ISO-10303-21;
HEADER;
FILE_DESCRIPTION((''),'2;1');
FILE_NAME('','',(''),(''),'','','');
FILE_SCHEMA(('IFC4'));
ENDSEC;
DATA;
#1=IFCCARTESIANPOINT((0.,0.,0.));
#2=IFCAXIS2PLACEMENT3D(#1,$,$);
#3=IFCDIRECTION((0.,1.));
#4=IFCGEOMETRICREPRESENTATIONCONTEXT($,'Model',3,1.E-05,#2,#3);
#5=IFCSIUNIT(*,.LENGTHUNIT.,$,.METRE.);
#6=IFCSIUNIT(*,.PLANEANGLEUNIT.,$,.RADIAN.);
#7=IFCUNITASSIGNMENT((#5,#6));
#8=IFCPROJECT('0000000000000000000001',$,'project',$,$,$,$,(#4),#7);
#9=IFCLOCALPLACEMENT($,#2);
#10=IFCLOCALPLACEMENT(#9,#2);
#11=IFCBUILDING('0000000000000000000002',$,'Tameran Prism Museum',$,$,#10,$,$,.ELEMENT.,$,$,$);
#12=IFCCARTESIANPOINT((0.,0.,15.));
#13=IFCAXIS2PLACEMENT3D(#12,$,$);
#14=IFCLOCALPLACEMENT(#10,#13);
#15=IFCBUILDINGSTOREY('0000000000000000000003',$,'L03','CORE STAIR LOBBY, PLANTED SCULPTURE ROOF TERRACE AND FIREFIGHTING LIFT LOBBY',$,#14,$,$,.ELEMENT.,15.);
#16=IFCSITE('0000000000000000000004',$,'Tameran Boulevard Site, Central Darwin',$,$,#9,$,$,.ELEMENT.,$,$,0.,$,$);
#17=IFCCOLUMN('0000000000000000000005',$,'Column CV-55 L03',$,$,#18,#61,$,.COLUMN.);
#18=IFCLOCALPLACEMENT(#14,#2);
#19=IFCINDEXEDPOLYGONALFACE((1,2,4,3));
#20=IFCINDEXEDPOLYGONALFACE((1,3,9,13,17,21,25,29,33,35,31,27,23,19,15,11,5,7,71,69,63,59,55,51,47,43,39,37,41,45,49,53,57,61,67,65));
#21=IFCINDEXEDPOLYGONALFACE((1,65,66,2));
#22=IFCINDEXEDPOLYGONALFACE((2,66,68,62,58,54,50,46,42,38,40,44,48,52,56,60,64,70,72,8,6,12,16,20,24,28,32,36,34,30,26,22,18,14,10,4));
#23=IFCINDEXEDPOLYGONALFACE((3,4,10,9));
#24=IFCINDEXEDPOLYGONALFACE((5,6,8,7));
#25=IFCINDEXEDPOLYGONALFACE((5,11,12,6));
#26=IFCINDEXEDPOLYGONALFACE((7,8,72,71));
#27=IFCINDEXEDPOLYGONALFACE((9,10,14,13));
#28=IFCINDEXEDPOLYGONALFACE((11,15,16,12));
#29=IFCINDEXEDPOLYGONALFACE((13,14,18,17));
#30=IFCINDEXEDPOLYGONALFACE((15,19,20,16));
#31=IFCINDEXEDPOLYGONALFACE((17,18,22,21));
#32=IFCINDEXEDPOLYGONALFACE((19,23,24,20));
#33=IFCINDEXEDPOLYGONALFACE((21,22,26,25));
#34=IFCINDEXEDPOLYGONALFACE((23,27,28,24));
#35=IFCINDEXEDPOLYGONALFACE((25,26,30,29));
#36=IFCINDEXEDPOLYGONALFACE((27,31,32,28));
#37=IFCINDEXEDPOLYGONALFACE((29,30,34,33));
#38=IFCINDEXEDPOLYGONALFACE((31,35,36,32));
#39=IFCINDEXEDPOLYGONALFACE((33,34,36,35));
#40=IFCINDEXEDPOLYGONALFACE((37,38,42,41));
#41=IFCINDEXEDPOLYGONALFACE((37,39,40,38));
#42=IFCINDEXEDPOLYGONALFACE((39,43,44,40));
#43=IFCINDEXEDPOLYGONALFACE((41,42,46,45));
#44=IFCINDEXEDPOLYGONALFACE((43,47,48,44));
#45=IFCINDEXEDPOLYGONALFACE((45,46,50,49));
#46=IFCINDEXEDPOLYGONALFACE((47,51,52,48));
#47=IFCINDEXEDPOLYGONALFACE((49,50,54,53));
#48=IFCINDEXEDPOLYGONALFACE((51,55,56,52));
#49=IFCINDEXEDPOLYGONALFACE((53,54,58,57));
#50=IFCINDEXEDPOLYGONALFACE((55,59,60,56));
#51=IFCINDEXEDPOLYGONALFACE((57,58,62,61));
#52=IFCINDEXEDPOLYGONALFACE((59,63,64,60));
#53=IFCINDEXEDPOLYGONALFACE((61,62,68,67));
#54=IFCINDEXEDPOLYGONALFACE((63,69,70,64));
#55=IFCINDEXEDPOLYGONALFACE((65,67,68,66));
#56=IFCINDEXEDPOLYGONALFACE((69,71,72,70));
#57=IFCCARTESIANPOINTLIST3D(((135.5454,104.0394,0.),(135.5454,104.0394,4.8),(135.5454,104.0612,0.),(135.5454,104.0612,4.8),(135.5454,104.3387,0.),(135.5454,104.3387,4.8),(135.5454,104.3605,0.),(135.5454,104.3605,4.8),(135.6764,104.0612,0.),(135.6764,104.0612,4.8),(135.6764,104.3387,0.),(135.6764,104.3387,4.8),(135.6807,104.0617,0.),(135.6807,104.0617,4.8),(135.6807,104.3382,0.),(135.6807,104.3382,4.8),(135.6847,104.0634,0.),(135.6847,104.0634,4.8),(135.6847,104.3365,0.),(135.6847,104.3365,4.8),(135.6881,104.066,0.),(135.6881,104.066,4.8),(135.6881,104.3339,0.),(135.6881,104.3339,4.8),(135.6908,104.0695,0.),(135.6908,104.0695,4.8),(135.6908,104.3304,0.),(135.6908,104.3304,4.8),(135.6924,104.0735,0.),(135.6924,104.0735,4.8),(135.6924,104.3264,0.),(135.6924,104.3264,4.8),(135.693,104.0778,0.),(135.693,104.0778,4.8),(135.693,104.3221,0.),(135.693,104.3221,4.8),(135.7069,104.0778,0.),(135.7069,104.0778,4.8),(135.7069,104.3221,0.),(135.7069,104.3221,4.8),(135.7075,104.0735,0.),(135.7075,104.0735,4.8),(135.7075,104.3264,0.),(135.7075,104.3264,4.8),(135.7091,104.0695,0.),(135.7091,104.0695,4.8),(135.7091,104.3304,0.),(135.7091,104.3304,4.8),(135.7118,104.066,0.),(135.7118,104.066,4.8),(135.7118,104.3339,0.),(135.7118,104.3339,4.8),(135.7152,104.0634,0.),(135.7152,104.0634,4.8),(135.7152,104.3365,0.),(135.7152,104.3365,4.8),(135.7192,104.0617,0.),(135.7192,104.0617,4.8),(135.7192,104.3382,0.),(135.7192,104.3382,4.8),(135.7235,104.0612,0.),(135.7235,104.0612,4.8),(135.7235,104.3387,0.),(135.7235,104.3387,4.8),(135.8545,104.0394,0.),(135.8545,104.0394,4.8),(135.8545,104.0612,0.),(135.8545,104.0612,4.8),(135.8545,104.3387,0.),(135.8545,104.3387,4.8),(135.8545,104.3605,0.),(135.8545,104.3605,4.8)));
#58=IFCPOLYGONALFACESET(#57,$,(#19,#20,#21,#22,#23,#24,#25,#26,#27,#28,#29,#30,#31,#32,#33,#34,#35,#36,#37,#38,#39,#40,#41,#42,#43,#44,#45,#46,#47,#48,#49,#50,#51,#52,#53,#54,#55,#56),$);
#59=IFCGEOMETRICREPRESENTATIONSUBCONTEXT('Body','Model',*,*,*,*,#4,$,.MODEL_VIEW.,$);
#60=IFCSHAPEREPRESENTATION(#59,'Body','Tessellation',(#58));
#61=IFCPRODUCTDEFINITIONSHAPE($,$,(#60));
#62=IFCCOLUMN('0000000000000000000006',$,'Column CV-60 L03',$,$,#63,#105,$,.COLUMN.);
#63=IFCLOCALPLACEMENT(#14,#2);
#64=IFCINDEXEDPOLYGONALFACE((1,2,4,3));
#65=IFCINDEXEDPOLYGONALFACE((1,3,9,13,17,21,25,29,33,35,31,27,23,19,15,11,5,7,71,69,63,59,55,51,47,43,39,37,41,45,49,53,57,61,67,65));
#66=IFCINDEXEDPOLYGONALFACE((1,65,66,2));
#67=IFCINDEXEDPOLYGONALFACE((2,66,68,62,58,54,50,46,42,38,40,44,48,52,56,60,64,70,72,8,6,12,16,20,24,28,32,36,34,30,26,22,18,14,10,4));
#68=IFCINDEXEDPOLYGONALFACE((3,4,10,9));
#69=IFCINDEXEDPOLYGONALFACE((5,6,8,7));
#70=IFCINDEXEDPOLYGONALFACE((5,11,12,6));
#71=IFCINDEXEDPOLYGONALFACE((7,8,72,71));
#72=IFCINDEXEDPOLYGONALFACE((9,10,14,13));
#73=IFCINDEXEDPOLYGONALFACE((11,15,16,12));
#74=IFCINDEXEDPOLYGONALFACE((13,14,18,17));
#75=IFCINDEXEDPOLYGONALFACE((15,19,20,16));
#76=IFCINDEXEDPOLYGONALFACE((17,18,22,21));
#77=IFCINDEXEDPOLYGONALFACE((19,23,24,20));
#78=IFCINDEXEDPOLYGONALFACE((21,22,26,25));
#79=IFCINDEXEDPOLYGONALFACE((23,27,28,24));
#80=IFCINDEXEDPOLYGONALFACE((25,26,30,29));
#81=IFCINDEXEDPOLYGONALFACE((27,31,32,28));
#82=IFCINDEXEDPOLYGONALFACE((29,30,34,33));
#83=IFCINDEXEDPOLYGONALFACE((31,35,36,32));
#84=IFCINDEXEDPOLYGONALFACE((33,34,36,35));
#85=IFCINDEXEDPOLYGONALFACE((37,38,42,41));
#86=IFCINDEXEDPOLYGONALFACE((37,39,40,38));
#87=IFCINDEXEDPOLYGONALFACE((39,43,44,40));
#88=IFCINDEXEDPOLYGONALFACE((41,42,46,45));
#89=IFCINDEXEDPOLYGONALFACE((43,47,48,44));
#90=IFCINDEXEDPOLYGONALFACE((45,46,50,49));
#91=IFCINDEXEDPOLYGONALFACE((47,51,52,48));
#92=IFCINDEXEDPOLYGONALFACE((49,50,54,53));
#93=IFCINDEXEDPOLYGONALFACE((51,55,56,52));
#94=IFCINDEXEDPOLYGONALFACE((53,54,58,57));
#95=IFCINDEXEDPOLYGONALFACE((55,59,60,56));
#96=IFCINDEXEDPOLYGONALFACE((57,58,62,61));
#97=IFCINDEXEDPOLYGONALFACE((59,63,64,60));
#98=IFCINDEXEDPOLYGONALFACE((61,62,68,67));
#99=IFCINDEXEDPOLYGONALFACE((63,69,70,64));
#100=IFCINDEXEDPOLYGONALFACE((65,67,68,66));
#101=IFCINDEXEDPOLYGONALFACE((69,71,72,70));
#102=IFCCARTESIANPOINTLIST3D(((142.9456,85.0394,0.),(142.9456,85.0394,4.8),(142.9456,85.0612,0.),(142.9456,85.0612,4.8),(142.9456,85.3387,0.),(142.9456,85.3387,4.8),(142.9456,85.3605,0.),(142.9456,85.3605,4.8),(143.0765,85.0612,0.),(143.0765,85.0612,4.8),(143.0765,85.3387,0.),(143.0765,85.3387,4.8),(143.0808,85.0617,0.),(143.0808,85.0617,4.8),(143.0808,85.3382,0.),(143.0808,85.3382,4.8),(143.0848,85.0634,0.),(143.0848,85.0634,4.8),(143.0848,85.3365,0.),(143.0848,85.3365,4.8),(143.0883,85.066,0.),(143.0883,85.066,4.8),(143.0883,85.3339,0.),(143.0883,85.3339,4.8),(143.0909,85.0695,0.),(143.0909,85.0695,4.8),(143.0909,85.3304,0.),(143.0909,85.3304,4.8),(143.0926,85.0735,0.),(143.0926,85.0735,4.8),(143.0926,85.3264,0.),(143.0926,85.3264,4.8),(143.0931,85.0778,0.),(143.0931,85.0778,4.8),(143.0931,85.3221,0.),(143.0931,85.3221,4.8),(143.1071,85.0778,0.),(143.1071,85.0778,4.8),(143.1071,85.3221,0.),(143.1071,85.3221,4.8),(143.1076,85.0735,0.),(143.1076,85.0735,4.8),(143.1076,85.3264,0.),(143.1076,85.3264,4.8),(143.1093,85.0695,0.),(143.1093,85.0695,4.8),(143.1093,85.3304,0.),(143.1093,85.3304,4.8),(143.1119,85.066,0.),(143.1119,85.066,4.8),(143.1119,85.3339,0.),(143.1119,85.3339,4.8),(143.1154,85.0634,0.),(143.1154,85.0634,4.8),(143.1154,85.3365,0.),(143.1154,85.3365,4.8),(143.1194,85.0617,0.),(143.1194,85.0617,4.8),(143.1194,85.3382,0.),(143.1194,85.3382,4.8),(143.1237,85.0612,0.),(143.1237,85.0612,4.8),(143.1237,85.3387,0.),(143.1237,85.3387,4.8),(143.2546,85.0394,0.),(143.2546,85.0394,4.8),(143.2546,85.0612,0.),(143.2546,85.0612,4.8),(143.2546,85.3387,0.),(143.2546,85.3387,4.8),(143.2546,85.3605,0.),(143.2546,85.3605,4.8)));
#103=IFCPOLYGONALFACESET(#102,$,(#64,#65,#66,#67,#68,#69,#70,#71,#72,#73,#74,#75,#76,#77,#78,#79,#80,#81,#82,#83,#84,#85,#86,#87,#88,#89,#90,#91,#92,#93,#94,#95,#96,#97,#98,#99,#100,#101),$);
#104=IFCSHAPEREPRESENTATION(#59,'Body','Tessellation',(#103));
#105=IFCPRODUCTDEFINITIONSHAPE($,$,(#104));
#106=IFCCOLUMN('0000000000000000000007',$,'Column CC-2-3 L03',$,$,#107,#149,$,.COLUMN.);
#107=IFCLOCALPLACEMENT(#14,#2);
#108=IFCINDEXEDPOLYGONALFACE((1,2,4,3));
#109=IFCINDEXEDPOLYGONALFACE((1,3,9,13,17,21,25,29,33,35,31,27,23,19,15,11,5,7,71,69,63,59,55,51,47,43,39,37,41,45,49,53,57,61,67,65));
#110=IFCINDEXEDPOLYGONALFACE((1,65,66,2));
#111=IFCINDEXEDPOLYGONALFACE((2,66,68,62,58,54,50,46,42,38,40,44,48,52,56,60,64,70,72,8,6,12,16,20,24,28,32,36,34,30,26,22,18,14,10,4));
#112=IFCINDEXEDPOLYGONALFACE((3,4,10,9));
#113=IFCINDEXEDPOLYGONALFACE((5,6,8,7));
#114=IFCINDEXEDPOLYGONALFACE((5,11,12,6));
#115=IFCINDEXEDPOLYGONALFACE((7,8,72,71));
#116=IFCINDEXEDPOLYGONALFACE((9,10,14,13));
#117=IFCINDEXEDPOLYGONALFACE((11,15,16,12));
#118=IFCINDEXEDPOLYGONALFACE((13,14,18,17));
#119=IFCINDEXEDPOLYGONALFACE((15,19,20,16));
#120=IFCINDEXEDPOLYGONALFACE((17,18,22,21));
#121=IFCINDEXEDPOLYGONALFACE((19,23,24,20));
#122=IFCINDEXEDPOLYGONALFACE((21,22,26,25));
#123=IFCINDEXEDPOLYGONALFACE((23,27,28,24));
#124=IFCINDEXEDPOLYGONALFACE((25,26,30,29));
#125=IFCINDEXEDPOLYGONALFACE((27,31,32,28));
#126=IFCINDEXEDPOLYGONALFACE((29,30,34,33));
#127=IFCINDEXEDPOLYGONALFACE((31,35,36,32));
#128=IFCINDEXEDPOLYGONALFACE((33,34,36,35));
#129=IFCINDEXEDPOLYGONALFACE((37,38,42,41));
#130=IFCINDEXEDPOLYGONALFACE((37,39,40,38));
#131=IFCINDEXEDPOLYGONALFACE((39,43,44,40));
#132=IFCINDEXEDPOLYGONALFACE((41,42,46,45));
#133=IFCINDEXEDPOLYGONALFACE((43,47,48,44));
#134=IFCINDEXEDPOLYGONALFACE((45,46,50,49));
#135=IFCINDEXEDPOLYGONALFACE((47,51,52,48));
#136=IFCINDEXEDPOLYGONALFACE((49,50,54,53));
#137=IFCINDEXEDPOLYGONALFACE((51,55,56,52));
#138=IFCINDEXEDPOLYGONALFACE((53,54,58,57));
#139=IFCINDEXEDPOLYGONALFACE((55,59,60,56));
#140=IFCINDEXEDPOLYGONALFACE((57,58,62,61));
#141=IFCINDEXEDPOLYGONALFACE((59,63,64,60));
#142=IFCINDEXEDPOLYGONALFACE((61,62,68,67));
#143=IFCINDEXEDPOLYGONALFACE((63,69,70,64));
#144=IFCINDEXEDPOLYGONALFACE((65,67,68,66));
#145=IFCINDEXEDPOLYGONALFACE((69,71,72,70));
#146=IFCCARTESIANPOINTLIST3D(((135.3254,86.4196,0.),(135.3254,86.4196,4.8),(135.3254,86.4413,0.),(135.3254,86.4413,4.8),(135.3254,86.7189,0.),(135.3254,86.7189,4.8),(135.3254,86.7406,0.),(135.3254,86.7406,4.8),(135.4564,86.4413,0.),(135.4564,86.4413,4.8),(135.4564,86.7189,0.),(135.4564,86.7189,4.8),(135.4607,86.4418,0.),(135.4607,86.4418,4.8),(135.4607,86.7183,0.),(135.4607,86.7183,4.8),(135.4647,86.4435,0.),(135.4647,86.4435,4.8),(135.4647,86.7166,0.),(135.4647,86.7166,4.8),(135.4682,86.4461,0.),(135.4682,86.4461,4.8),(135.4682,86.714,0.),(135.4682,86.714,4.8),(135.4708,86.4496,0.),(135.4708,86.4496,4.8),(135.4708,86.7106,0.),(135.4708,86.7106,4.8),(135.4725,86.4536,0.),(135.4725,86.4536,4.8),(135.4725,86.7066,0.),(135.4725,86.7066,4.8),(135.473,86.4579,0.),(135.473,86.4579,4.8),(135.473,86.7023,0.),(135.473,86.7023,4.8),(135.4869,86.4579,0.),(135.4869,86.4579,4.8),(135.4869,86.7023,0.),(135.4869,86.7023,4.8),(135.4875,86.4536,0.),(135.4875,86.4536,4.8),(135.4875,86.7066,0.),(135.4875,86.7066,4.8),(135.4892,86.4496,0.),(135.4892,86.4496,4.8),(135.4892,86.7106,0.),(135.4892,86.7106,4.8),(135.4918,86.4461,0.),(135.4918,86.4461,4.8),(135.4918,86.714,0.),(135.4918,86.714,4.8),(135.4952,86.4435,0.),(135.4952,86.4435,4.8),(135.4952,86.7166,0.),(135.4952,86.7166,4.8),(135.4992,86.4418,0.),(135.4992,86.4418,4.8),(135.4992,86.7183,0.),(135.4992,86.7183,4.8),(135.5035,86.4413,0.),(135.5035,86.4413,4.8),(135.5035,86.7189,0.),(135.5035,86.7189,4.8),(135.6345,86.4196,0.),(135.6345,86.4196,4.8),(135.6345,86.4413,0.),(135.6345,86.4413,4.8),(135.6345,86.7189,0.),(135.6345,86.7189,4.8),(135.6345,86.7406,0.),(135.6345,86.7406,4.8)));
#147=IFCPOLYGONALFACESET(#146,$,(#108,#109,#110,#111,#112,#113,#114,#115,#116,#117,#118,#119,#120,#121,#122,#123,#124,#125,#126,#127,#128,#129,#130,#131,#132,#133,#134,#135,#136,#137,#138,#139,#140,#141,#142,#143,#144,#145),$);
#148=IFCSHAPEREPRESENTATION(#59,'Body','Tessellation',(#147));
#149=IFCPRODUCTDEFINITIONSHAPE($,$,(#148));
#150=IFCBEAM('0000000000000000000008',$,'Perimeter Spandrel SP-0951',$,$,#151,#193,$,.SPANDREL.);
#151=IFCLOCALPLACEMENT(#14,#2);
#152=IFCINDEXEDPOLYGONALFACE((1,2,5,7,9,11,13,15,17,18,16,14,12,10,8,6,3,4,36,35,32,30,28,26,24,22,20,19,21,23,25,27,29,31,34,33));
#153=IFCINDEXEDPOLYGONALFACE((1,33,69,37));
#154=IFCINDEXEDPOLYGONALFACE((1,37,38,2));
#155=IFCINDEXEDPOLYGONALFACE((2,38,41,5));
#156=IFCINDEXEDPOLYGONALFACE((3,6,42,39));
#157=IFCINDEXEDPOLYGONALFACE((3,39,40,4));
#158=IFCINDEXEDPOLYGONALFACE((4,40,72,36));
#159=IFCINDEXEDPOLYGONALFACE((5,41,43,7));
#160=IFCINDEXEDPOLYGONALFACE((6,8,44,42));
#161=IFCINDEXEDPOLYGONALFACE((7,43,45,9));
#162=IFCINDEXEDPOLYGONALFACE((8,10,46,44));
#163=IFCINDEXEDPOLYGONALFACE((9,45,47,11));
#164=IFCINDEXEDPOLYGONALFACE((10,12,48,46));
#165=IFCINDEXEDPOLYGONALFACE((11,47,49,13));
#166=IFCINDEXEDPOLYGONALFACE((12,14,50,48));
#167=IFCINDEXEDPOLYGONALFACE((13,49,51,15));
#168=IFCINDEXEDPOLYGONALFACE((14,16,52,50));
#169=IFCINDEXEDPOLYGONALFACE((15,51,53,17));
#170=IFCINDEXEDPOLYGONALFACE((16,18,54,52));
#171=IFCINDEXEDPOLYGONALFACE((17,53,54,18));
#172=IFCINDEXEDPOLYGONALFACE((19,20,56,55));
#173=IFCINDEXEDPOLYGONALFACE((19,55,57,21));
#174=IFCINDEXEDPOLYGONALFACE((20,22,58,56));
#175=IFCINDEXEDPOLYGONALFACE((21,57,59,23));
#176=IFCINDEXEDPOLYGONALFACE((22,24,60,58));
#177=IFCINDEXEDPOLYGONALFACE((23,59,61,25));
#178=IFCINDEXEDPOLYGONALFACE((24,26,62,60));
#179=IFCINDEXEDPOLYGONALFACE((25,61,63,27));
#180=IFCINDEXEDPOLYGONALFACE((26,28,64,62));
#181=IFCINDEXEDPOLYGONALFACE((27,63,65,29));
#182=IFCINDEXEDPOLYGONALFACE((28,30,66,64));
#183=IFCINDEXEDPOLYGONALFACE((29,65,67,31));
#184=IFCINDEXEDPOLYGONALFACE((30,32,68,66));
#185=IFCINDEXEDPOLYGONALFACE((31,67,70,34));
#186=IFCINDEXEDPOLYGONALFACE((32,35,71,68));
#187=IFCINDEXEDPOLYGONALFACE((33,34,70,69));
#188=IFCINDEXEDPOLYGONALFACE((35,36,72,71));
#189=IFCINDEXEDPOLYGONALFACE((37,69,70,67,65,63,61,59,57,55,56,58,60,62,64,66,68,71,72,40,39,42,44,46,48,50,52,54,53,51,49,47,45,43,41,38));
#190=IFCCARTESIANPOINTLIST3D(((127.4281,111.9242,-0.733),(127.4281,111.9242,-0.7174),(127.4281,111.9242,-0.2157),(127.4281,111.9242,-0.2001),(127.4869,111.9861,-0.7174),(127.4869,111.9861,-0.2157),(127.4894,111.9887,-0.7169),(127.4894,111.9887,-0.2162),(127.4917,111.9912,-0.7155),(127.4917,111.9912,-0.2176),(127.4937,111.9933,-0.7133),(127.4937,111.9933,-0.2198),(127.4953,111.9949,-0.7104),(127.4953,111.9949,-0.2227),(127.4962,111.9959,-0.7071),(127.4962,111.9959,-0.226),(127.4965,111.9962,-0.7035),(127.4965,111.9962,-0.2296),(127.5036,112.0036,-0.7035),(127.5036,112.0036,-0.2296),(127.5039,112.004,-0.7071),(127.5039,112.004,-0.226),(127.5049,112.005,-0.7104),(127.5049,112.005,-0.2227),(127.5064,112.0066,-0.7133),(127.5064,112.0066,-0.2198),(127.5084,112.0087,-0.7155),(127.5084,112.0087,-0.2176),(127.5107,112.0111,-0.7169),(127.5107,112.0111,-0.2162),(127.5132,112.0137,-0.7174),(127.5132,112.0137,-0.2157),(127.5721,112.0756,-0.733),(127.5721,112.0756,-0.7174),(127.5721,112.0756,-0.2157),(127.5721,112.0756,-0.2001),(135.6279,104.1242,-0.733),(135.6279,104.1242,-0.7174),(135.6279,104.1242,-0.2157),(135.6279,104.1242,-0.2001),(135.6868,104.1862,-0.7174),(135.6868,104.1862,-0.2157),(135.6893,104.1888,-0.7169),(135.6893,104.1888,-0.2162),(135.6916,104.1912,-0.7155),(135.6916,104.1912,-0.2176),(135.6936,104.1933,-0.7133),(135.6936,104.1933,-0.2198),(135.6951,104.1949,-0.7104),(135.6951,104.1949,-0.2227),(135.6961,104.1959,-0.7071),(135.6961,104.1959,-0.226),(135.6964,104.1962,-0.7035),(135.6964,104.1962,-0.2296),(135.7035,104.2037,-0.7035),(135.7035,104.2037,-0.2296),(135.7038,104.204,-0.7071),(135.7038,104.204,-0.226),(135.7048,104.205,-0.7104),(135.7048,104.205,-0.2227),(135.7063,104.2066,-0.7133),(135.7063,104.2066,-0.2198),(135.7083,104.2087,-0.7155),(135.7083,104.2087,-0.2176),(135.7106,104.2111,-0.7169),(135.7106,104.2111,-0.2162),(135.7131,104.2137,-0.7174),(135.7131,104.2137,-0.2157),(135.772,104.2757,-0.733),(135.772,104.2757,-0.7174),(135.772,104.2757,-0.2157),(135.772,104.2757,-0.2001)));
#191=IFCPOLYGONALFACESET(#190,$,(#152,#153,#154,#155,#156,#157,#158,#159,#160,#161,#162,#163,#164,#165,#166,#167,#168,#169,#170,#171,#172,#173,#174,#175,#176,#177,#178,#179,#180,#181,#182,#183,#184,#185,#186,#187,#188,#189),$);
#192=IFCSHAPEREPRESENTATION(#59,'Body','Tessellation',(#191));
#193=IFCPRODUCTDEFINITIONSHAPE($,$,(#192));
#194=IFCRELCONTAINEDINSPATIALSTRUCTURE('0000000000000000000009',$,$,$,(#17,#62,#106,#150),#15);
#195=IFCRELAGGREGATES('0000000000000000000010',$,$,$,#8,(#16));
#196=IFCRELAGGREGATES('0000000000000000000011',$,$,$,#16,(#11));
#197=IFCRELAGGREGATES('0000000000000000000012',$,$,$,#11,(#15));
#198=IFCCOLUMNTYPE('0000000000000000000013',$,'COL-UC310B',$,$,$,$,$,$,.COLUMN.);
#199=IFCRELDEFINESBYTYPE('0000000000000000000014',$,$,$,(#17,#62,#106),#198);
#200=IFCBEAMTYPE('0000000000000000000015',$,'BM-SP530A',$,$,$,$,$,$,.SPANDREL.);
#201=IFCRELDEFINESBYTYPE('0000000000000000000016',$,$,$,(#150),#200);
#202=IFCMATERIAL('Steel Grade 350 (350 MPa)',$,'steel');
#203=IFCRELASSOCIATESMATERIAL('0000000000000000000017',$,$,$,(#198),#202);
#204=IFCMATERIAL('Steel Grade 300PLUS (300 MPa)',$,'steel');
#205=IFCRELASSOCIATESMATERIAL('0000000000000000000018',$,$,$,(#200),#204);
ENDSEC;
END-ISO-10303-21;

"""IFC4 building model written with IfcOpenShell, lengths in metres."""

from ifc_helpers import new_model, si_unit, direction, frame, origin, origin_2d, place, context, subcontext, project, spatial, i_section, extrude, material, material_profile, profile_set, type_object, element, save


model = new_model("IFC4")

# Units and contexts
model_context = context("Model", 3, precision=1e-05, world=origin(), true_north=direction((0.0, 1.0)))
body_context = subcontext(model_context, "Body", "Model", "MODEL_VIEW")
ifc_project = project(units=[si_unit("LENGTHUNIT", "METRE"), si_unit("PLANEANGLEUNIT", "RADIAN")], contexts=[model_context])

# Site, building, storey
site_placement = place(None, origin())
site = spatial("IfcSite", under=ifc_project, at=site_placement, Name="Tameran Boulevard Site, Central Darwin", CompositionType="ELEMENT", RefElevation=0.0)
building_placement = place(site_placement, origin())
building = spatial("IfcBuilding", under=site, at=building_placement, Name="Tameran Prism Museum", CompositionType="ELEMENT")
storey_placement = place(building_placement, frame((0.0, 0.0, 15.0)))
storey = spatial("IfcBuildingStorey", under=building, at=storey_placement, Name="L03", Description="CORE STAIR LOBBY, PLANTED SCULPTURE ROOF TERRACE AND FIREFIGHTING LIFT LOBBY", CompositionType="ELEMENT", Elevation=15.0)

# Columns
ifc_material_1 = material(Name="Steel Grade 350 (350 MPa)", Category="steel")
ifc_material_profile_1 = material_profile(ifc_material_1, i_section(OverallWidth=0.3091, OverallDepth=0.321, WebThickness=0.0139, FlangeThickness=0.0217, FilletRadius=0.0166, at=origin_2d()))
ifc_profile_set_1 = profile_set([ifc_material_profile_1])
column_type = type_object("IfcColumnType", Name="COL-UC310B", PredefinedType="COLUMN", material=ifc_profile_set_1)
for number, where, z_axis, x_axis, name in (
    (1, (135.7, 104.2, 0.0), (0.0, 0.0, 1.0), (1.0, 0.0, 0.0), "Column CV-55 L03"),
    (2, (143.1001, 85.2, 0.0), (0.0, 0.0, 1.0), (1.0, 0.0, 0.0), "Column CV-60 L03"),
    (3, (135.48, 86.5801, 0.0), (0.0, 0.0, 1.0), (1.0, 0.0, 0.0), "Column CC-2-3 L03"),
):
    element("IfcColumn", number, at=place(storey_placement, frame(where, z_axis=z_axis, x_axis=x_axis)), inside=storey, type_object=column_type, Name=name, PredefinedType="COLUMN", context=body_context, shape_type="SweptSolid", body=[
        extrude(i_section(OverallWidth=0.3091, OverallDepth=0.321, WebThickness=0.0139, FlangeThickness=0.0217, FilletRadius=0.0166, at=origin_2d()), origin(), (0.0, 0.0, 1.0), 4.8),
    ])

# Beam
ifc_material_2 = material(Name="Steel Grade 300PLUS (300 MPa)", Category="steel")
ifc_material_profile_2 = material_profile(ifc_material_2, i_section(OverallWidth=0.209, OverallDepth=0.533, WebThickness=0.0103, FlangeThickness=0.0156, FilletRadius=0.0139, at=origin_2d()))
ifc_profile_set_2 = profile_set([ifc_material_profile_2])
beam_type_1 = type_object("IfcBeamType", Name="BM-SP530A", PredefinedType="SPANDREL", material=ifc_profile_set_2)
beam_1_placement = place(storey_placement, frame((135.7, 104.2, -0.4666), z_axis=(-0.724554, 0.689218, 0.0), x_axis=(-0.689218, -0.724554, 0.0)))
element("IfcBeam", 4, at=beam_1_placement, inside=storey, type_object=beam_type_1, Name="Perimeter Spandrel SP-0951", PredefinedType="SPANDREL", context=body_context, shape_type="SweptSolid", body=[
    extrude(i_section(OverallWidth=0.209, OverallDepth=0.533, WebThickness=0.0103, FlangeThickness=0.0156, FilletRadius=0.0139, at=origin_2d()), origin(), (0.0, 0.0, 1.0), 11.3171),
])

save(model, "model.ifc")
